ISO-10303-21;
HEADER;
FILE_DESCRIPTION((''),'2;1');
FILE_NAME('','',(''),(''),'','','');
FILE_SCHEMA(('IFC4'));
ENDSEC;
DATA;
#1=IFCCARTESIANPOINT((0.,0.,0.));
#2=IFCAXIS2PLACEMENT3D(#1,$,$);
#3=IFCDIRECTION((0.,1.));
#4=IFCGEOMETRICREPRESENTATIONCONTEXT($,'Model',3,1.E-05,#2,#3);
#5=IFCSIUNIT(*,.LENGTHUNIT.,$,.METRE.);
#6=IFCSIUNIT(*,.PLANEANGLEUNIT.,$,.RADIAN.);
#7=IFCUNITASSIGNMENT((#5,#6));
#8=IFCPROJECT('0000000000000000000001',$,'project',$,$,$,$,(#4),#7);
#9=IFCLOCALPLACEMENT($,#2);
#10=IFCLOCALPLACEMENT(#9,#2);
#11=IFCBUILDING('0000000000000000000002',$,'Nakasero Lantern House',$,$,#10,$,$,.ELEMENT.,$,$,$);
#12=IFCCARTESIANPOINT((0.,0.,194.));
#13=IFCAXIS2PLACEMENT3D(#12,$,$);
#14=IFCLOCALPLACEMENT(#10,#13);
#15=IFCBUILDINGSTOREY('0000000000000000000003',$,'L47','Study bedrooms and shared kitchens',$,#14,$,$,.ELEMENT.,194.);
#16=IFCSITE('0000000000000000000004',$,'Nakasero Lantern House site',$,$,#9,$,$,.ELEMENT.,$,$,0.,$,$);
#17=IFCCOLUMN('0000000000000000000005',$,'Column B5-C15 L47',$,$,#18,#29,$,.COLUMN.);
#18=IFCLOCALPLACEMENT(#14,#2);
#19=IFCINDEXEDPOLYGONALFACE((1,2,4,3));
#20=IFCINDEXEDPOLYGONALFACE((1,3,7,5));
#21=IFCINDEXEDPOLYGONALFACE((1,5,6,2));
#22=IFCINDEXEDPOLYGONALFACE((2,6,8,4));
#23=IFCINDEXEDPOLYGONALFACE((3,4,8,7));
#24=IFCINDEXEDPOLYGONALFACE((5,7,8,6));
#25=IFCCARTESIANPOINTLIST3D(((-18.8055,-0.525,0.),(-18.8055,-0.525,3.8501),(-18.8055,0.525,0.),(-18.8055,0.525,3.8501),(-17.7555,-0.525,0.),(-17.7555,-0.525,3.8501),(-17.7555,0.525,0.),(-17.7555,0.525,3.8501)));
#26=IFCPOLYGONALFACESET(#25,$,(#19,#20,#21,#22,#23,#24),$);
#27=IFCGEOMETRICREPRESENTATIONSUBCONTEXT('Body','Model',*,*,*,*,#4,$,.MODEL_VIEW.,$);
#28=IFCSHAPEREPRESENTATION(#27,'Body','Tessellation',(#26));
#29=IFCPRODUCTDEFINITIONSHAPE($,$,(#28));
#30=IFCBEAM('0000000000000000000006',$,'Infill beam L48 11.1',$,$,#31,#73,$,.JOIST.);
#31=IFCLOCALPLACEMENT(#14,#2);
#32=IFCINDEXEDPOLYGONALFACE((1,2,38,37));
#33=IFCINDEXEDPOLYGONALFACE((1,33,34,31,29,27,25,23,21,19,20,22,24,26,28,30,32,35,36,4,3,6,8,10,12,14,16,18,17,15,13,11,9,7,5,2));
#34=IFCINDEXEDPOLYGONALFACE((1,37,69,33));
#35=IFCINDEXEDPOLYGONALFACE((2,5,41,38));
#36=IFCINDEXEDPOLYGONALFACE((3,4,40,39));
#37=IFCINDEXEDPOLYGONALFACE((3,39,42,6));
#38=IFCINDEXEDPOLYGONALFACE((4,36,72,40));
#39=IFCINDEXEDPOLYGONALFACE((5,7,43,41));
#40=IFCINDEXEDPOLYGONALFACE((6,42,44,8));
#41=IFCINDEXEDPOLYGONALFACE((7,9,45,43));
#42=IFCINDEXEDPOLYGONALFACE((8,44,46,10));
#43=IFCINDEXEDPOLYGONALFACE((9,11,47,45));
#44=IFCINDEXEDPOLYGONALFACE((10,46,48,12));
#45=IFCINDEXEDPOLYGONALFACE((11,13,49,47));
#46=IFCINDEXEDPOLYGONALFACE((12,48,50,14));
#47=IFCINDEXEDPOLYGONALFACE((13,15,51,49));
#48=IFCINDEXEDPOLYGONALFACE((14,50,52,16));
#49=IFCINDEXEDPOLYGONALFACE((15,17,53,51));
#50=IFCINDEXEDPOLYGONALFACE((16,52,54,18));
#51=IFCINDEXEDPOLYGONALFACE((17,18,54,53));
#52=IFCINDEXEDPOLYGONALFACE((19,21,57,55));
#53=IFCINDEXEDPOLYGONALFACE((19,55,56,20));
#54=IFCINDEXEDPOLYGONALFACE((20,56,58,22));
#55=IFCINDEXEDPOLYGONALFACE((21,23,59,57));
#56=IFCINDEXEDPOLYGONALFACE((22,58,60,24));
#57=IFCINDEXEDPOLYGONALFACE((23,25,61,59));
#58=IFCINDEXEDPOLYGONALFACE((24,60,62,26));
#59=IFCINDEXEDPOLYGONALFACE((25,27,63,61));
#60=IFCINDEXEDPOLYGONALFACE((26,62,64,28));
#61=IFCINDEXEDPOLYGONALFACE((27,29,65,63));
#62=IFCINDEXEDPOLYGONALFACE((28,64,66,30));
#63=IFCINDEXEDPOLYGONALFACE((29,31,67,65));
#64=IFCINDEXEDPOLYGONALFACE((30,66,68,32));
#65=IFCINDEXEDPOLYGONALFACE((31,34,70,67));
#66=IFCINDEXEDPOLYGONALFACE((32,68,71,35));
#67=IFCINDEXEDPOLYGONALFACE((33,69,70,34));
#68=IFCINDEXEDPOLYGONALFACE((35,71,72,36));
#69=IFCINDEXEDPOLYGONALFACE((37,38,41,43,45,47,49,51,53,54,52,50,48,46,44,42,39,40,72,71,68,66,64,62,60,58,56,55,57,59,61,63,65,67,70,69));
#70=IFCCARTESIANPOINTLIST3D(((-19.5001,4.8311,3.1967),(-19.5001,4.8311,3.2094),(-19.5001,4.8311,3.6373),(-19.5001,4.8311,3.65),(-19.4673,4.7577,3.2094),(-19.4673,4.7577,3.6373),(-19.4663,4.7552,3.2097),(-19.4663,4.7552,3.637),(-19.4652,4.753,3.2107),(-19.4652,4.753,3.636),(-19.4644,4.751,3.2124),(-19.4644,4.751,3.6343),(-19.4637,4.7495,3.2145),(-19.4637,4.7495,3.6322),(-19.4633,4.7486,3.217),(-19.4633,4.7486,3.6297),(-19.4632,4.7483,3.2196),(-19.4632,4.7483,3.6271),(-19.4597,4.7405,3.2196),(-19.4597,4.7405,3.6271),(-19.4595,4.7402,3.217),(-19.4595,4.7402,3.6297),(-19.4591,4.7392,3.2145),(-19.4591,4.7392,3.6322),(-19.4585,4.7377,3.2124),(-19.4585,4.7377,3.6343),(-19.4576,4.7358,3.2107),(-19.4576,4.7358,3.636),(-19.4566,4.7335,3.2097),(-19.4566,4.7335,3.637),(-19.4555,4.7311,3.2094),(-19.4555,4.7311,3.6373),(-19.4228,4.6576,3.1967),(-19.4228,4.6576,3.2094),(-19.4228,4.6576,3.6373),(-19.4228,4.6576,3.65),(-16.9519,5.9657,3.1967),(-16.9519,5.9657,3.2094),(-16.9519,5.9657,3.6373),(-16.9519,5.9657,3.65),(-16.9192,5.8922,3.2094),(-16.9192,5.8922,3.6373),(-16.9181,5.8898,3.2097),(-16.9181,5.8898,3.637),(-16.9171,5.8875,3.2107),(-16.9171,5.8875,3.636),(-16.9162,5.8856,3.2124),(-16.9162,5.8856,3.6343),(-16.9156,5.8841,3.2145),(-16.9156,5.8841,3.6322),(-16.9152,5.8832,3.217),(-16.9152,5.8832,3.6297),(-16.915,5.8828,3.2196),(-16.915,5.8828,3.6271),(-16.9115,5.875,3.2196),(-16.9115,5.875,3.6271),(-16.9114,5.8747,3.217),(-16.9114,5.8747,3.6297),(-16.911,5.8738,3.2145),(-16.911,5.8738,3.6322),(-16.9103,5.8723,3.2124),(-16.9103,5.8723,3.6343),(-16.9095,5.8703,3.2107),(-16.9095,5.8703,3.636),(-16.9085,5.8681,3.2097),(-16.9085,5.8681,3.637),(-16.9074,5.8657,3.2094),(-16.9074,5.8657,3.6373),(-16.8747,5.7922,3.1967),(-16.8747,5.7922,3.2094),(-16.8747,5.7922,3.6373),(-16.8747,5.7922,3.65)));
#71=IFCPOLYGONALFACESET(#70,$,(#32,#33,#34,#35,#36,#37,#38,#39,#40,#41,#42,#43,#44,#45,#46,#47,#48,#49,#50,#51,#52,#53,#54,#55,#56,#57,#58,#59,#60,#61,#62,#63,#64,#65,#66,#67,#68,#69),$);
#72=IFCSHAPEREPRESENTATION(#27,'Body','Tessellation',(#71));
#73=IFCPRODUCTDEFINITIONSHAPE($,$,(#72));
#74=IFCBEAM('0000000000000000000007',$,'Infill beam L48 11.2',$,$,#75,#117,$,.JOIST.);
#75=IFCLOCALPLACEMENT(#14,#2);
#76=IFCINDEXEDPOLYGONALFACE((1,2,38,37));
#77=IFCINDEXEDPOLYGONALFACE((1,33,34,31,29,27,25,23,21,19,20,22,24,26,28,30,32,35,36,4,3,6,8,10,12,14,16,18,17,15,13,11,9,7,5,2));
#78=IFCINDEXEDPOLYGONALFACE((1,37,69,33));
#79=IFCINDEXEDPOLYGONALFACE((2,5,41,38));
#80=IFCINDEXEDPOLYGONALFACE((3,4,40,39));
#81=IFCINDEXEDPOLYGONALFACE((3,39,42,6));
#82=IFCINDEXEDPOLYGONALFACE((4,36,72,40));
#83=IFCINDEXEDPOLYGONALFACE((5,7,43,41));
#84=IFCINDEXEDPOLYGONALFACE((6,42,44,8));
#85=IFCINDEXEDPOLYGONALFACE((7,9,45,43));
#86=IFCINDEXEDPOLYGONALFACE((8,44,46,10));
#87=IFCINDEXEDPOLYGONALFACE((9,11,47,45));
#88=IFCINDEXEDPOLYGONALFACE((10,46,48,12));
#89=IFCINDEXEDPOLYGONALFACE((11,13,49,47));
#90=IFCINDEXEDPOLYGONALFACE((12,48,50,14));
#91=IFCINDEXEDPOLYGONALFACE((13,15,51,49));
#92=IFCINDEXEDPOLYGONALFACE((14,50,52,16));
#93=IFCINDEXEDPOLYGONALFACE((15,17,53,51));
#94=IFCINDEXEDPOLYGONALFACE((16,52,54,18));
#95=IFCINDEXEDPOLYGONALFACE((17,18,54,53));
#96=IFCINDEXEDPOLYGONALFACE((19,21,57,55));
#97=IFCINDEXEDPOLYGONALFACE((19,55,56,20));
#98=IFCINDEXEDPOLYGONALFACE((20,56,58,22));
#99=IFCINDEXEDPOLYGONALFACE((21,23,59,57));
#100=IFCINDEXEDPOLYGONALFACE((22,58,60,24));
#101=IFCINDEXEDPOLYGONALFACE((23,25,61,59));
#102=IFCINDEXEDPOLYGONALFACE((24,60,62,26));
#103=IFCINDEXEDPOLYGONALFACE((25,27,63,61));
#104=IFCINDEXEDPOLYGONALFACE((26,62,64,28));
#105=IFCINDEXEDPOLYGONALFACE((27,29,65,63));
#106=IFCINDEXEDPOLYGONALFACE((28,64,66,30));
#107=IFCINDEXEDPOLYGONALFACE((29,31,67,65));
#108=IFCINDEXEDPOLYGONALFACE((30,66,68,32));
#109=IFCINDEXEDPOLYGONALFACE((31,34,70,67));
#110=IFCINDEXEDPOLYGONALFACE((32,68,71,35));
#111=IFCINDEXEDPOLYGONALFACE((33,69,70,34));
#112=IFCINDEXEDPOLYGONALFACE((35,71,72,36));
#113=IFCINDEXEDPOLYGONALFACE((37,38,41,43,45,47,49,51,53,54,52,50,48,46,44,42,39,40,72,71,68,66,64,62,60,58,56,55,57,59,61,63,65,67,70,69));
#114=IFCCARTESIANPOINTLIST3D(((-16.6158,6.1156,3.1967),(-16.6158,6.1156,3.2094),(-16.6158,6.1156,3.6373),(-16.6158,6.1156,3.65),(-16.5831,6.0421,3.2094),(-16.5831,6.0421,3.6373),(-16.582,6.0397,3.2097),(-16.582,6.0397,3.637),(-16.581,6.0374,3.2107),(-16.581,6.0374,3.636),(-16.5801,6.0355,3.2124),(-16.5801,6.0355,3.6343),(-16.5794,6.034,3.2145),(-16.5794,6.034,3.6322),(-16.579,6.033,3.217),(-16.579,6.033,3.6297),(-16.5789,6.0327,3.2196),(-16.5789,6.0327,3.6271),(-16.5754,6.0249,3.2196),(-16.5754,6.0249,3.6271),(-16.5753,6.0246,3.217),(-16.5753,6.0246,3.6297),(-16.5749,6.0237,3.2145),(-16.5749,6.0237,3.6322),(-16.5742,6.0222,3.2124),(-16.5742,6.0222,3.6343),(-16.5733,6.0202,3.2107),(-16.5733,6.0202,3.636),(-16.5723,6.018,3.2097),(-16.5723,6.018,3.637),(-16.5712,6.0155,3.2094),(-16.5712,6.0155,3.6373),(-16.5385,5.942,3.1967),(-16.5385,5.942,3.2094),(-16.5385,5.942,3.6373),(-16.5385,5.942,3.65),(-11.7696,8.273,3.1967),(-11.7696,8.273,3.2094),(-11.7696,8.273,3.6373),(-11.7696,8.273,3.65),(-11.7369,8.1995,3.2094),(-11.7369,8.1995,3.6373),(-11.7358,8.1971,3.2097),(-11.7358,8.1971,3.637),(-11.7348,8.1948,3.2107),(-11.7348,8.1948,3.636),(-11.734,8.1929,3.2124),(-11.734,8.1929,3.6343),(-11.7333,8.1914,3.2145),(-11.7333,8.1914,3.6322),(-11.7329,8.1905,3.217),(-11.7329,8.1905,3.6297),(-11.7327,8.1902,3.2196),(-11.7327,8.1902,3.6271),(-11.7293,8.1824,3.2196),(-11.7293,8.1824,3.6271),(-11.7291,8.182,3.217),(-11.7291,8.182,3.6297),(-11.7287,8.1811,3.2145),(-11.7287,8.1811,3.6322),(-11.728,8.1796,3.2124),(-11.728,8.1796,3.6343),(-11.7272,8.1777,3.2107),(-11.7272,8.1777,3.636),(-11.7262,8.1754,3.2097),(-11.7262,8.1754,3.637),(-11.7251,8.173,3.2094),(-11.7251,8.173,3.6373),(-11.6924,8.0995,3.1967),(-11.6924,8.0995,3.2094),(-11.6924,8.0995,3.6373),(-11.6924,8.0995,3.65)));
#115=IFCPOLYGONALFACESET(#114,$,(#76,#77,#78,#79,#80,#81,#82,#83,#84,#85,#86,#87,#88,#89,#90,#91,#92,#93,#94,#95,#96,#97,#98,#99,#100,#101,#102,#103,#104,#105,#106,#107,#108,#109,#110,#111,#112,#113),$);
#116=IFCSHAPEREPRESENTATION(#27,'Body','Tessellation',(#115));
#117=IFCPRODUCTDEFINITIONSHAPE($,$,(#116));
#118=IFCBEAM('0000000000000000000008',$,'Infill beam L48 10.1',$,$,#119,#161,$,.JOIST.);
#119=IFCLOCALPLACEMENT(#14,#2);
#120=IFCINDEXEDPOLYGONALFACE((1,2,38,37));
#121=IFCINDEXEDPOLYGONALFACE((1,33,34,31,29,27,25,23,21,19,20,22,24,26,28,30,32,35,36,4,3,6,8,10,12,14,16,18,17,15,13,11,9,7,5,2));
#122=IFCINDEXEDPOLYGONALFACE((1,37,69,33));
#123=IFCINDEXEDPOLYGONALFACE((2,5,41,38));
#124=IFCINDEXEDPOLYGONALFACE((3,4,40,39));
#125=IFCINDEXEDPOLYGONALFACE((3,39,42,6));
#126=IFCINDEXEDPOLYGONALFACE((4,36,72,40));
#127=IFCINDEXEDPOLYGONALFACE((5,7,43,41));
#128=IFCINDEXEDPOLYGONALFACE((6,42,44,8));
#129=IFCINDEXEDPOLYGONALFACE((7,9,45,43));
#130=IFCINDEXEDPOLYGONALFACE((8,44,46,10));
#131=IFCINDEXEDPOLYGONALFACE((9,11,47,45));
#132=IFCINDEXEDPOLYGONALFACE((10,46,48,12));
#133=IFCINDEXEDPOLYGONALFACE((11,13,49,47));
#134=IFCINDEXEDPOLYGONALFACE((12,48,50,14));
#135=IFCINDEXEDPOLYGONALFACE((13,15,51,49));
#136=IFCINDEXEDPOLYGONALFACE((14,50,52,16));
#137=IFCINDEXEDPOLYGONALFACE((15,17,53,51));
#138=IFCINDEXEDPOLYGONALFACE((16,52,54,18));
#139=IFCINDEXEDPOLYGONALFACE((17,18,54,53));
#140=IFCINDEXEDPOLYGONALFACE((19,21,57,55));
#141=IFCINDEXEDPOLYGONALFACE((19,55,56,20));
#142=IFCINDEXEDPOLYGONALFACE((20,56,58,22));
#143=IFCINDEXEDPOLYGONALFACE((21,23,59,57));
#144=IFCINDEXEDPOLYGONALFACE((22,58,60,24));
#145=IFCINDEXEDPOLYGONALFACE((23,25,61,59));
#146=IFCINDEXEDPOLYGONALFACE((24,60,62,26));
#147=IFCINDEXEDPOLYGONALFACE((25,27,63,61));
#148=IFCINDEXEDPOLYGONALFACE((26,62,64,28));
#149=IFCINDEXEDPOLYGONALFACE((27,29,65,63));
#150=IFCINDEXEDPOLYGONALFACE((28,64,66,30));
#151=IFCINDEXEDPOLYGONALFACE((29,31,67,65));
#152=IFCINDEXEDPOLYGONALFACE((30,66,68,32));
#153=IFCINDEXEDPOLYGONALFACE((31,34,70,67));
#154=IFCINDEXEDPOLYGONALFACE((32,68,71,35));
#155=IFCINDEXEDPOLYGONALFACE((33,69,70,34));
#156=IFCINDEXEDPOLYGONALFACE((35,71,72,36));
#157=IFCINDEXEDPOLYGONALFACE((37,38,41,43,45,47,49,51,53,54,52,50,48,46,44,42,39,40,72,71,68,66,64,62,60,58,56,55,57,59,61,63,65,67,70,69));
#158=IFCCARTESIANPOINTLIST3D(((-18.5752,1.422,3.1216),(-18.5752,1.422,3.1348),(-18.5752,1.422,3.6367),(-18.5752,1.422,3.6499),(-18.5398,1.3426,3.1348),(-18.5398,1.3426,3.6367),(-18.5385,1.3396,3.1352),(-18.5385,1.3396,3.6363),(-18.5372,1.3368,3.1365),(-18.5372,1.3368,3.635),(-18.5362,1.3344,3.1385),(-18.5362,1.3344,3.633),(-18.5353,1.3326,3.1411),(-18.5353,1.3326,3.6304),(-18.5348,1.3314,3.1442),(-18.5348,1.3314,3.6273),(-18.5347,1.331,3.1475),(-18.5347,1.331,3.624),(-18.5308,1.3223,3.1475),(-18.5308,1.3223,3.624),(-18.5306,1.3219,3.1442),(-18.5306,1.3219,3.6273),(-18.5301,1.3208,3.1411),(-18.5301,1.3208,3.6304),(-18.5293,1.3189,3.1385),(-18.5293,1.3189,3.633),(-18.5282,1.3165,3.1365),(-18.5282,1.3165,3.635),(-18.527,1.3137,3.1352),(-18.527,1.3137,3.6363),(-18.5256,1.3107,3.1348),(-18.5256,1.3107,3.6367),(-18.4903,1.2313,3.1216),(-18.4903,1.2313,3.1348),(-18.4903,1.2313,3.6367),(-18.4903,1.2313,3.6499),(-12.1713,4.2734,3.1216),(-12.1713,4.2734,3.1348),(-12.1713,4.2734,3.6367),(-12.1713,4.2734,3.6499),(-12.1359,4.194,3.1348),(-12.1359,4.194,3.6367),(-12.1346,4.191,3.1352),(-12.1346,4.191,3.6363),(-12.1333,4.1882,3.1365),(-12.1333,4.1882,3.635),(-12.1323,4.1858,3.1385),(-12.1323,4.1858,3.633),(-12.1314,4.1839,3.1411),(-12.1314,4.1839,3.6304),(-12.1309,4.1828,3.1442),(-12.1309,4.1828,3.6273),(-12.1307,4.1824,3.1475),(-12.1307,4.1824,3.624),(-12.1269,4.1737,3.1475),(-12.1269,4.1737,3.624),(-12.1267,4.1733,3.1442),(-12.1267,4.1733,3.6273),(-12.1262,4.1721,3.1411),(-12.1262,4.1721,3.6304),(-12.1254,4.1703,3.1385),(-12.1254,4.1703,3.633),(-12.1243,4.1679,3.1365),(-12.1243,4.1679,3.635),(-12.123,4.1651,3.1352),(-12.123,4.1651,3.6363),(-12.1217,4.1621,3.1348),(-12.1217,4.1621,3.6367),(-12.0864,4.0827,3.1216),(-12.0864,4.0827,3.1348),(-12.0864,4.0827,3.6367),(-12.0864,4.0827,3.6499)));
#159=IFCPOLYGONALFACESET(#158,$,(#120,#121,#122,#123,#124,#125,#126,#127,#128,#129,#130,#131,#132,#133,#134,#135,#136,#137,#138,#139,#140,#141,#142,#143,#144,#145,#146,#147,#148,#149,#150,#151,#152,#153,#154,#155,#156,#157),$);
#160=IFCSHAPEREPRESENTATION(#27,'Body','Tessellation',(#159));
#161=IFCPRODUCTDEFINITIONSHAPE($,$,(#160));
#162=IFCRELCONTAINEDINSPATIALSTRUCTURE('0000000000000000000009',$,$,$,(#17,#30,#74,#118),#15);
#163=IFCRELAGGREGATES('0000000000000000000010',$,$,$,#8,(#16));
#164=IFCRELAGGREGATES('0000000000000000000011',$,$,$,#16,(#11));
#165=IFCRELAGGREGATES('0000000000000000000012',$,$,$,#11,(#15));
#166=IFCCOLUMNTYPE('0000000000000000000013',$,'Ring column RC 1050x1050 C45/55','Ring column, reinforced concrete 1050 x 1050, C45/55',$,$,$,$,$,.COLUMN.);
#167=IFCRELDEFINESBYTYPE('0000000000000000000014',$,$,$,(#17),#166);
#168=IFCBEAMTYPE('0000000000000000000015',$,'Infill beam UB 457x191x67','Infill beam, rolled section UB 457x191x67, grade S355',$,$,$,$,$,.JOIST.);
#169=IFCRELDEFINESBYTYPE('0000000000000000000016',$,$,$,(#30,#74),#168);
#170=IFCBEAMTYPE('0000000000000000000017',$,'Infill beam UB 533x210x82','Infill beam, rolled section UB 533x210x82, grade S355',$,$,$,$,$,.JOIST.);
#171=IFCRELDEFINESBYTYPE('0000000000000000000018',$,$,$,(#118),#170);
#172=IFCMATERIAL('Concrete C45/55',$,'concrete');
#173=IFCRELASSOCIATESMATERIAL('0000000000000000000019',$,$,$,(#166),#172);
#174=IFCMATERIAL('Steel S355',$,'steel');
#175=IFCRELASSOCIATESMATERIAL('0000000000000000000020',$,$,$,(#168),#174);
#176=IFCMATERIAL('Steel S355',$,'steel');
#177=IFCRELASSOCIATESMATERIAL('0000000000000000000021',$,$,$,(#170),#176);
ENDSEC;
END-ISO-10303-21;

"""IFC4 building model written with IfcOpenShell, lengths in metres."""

from ifc_helpers import new_model, si_unit, direction, frame, origin, origin_2d, place, context, subcontext, project, spatial, rectangle, i_section, extrude, material, material_profile, profile_set, type_object, element, save


model = new_model("IFC4")

# Units and contexts
model_context = context("Model", 3, precision=1e-05, world=origin(), true_north=direction((0.0, 1.0)))
body_context = subcontext(model_context, "Body", "Model", "MODEL_VIEW")
ifc_project = project(units=[si_unit("LENGTHUNIT", "METRE"), si_unit("PLANEANGLEUNIT", "RADIAN")], contexts=[model_context])

# Site, building, storey
site_placement = place(None, origin())
site = spatial("IfcSite", under=ifc_project, at=site_placement, Name="Nakasero Lantern House site", CompositionType="ELEMENT", RefElevation=0.0)
building_placement = place(site_placement, origin())
building = spatial("IfcBuilding", under=site, at=building_placement, Name="Nakasero Lantern House", CompositionType="ELEMENT")
storey_placement = place(building_placement, frame((0.0, 0.0, 194.0)))
storey = spatial("IfcBuildingStorey", under=building, at=storey_placement, Name="L47", Description="Study bedrooms and shared kitchens", CompositionType="ELEMENT", Elevation=194.0)

# Column
ifc_material_1 = material(Name="Concrete C45/55", Category="concrete")
ifc_material_profile_1 = material_profile(ifc_material_1, rectangle(XDim=1.05, YDim=1.05, at=origin_2d()), Name="RC 1050x1050")
ifc_profile_set_1 = profile_set([ifc_material_profile_1], Name="Concrete C45/55")
column_type = type_object("IfcColumnType", Name="Ring column RC 1050x1050 C45/55", Description="Ring column, reinforced concrete 1050 x 1050, C45/55", PredefinedType="COLUMN", material=ifc_profile_set_1)
column_placement = place(storey_placement, frame((-18.2805, 0.0, 0.0), z_axis=(0.0, 0.0, 1.0), x_axis=(1.0, 0.0, 0.0)))
element("IfcColumn", 1, at=column_placement, inside=storey, type_object=column_type, Name="Column B5-C15 L47", PredefinedType="COLUMN", context=body_context, shape_type="SweptSolid", body=[
    extrude(rectangle(XDim=1.05, YDim=1.05, at=origin_2d()), origin(), (0.0, 0.0, 1.0), 3.8501),
])

# Beams
ifc_material_2 = material(Name="Steel S355", Category="steel")
ifc_material_profile_2 = material_profile(ifc_material_2, i_section(OverallWidth=0.1899, OverallDepth=0.4534, WebThickness=0.0085, FlangeThickness=0.0127, FilletRadius=0.0103, at=origin_2d()), Name="UB 457x191x67")
ifc_profile_set_2 = profile_set([ifc_material_profile_2], Name="Steel S355")
beam_type_1 = type_object("IfcBeamType", Name="Infill beam UB 457x191x67", Description="Infill beam, rolled section UB 457x191x67, grade S355", PredefinedType="JOIST", material=ifc_profile_set_2)
beam_1_placement = place(storey_placement, frame((-19.4614, 4.7444, 3.4233), z_axis=(0.913541, 0.406747, 0.0), x_axis=(-0.406747, 0.913541, 0.0)))
element("IfcBeam", 2, at=beam_1_placement, inside=storey, type_object=beam_type_1, Name="Infill beam L48 11.1", PredefinedType="JOIST", context=body_context, shape_type="SweptSolid", body=[
    extrude(i_section(OverallWidth=0.1899, OverallDepth=0.4534, WebThickness=0.0085, FlangeThickness=0.0127, FilletRadius=0.0103, at=origin_2d()), origin(), (0.0, 0.0, 1.0), 2.7893),
])
beam_2_placement = place(storey_placement, frame((-16.5771, 6.0288, 3.4233), z_axis=(0.913559, 0.406706, 0.0), x_axis=(-0.406706, 0.913559, 0.0)))
element("IfcBeam", 3, at=beam_2_placement, inside=storey, type_object=beam_type_1, Name="Infill beam L48 11.2", PredefinedType="JOIST", context=body_context, shape_type="SweptSolid", body=[
    extrude(i_section(OverallWidth=0.1899, OverallDepth=0.4534, WebThickness=0.0085, FlangeThickness=0.0127, FilletRadius=0.0103, at=origin_2d()), origin(), (0.0, 0.0, 1.0), 5.3047),
])
ifc_material_3 = material(Name="Steel S355", Category="steel")
ifc_material_profile_3 = material_profile(ifc_material_3, i_section(OverallWidth=0.2087, OverallDepth=0.5283, WebThickness=0.0095, FlangeThickness=0.0132, FilletRadius=0.0127, at=origin_2d()), Name="UB 533x210x82")
ifc_profile_set_3 = profile_set([ifc_material_profile_3], Name="Steel S355")
beam_type_2 = type_object("IfcBeamType", Name="Infill beam UB 533x210x82", Description="Infill beam, rolled section UB 533x210x82, grade S355", PredefinedType="JOIST", material=ifc_profile_set_3)
beam_3_placement = place(storey_placement, frame((-18.5327, 1.3267, 3.3857), z_axis=(0.913537, 0.406756, 0.0), x_axis=(-0.406756, 0.913537, 0.0)))
element("IfcBeam", 4, at=beam_3_placement, inside=storey, type_object=beam_type_2, Name="Infill beam L48 10.1", PredefinedType="JOIST", context=body_context, shape_type="SweptSolid", body=[
    extrude(i_section(OverallWidth=0.2087, OverallDepth=0.5283, WebThickness=0.0095, FlangeThickness=0.0132, FilletRadius=0.0127, at=origin_2d()), origin(), (0.0, 0.0, 1.0), 7.01),
])

save(model, "model.ifc")
